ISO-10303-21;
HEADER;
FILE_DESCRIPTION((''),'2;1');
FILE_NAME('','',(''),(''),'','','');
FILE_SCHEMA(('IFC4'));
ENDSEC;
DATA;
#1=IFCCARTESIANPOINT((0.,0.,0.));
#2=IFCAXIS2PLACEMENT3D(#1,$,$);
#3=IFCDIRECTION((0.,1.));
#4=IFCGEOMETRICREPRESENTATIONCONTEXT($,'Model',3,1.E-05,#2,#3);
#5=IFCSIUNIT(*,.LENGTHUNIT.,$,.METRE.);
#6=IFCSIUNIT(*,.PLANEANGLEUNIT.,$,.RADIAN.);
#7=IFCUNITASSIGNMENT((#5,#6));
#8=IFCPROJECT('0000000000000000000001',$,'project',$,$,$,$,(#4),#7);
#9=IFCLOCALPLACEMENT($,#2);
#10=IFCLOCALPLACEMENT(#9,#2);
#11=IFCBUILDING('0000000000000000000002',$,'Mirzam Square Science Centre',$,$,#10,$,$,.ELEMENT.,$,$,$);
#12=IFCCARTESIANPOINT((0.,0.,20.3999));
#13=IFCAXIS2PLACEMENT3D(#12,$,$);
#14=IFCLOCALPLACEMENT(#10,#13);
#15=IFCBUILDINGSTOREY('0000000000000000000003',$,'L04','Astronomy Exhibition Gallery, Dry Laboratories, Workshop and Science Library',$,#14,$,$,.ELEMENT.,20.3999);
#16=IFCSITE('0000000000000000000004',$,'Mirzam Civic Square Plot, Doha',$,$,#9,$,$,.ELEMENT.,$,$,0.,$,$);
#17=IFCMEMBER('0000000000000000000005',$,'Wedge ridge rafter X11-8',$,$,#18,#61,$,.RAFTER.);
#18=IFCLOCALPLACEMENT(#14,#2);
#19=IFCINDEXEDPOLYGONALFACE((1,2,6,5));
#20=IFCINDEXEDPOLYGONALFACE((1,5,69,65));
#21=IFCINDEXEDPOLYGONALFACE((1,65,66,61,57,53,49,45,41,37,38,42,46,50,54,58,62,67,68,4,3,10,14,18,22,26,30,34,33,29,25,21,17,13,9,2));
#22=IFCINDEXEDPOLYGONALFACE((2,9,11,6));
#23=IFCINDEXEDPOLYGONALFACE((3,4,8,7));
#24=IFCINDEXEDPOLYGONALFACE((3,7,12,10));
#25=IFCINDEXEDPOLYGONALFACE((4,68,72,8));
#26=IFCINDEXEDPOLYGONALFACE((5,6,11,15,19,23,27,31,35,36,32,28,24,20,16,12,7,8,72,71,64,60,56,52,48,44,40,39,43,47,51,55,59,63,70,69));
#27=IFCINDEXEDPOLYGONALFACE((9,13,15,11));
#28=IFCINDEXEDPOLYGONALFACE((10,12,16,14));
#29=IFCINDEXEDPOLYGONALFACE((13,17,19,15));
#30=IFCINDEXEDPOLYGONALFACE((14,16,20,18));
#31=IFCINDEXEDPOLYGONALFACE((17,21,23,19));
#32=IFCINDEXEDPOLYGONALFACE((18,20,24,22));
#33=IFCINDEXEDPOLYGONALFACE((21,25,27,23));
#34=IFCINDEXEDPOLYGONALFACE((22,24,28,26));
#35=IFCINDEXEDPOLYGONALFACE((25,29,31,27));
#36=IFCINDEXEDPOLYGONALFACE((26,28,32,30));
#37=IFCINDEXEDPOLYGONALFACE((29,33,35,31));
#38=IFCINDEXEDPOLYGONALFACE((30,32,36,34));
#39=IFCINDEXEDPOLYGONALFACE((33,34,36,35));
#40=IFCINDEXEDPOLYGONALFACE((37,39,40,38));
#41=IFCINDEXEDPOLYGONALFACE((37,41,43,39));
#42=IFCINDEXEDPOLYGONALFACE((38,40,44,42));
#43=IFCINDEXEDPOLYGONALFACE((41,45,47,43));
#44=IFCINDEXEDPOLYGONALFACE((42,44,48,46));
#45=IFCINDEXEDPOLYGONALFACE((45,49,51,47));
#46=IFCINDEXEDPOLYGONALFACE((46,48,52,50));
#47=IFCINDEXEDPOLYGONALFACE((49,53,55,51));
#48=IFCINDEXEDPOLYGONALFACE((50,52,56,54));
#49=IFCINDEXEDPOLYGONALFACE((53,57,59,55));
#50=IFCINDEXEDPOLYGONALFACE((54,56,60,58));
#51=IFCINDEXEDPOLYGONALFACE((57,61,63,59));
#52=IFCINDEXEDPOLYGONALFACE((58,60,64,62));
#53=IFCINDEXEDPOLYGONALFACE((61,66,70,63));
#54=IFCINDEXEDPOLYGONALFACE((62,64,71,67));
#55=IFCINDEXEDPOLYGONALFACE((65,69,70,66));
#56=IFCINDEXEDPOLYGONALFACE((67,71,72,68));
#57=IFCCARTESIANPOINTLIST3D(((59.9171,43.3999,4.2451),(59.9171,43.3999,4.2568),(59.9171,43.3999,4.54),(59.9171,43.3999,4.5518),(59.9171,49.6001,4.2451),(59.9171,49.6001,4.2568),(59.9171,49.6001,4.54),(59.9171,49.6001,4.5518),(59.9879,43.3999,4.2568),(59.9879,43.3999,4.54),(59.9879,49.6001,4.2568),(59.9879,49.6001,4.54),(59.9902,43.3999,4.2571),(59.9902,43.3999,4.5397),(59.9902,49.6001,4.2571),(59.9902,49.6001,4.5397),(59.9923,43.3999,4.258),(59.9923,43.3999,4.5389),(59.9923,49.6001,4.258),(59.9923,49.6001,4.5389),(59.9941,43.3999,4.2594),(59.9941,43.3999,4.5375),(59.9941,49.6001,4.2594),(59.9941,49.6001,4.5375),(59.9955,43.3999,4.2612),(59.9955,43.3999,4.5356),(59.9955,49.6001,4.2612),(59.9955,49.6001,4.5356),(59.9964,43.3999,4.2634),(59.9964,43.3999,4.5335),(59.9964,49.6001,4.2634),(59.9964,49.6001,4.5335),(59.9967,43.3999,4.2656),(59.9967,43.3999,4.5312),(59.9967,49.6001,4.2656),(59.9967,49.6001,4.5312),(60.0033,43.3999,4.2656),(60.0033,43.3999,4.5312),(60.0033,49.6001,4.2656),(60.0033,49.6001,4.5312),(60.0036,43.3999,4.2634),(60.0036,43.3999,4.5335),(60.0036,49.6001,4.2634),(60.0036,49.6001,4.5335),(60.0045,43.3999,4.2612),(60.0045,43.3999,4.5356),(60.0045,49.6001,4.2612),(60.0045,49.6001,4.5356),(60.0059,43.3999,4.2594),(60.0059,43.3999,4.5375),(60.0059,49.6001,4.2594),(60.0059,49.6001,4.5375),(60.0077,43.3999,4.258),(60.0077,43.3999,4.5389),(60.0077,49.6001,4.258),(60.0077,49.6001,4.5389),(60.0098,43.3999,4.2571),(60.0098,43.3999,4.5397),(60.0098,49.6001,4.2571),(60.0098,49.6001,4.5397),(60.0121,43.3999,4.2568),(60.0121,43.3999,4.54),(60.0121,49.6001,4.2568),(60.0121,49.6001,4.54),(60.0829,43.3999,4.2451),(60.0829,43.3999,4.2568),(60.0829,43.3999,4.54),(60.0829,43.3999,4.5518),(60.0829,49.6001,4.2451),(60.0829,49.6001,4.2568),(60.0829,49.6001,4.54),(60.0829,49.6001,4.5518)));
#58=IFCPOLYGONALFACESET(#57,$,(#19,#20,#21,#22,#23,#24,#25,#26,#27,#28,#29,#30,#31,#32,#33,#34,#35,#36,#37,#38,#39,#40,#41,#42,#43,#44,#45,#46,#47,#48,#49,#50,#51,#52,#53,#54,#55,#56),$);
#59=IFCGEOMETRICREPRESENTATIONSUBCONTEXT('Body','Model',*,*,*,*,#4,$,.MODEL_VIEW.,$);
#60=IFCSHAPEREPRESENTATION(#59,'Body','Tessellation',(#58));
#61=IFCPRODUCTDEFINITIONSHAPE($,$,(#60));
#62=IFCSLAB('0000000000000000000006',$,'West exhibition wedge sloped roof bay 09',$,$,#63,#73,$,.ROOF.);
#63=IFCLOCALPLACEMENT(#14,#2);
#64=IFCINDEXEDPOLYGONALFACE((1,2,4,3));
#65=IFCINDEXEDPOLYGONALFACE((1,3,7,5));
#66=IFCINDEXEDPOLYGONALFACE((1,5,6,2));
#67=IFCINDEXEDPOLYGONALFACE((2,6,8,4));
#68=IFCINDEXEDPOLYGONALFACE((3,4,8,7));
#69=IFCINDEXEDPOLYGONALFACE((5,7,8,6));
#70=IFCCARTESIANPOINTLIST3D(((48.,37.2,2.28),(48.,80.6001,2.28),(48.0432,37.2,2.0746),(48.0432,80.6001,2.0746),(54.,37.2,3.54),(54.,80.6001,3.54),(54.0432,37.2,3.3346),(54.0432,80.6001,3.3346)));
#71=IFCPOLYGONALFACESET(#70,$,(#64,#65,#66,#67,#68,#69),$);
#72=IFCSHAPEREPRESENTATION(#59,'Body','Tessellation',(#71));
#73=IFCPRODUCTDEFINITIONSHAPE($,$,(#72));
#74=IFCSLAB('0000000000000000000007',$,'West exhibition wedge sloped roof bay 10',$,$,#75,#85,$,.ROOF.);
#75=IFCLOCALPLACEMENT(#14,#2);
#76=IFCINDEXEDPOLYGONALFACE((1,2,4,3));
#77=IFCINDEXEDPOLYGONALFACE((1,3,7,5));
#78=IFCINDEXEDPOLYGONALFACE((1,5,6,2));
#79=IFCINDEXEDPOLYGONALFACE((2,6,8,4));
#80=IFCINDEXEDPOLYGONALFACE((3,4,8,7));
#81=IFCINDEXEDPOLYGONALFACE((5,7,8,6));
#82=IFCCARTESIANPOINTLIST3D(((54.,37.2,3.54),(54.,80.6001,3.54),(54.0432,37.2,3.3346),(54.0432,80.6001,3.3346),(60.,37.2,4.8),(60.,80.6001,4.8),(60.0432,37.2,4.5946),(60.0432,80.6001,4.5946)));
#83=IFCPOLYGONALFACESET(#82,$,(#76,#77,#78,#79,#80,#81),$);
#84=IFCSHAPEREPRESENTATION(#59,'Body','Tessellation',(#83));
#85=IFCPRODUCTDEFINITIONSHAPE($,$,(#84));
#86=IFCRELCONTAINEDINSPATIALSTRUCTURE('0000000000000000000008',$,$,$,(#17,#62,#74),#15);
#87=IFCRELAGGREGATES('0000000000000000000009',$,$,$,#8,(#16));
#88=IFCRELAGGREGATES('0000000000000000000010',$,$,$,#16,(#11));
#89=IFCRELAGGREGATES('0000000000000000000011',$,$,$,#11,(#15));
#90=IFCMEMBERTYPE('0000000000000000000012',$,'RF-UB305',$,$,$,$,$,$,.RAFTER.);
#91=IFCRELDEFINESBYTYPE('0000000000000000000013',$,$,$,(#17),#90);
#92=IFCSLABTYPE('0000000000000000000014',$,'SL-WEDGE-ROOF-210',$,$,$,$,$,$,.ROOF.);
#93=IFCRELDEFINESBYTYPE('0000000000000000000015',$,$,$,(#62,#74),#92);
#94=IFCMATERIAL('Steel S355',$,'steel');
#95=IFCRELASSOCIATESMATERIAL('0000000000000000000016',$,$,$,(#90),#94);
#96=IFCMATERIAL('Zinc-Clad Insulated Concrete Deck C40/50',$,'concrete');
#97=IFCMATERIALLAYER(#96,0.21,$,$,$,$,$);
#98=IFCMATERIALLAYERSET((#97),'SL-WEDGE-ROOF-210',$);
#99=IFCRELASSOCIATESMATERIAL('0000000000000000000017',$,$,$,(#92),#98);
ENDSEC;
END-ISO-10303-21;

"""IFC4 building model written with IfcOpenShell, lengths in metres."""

from ifc_helpers import new_model, si_unit, direction, frame, origin, origin_2d, place, context, subcontext, project, spatial, polyline, i_section, outline, extrude, material, layer, layer_set, material_profile, profile_set, type_object, element, save


model = new_model("IFC4")

# Units and contexts
model_context = context("Model", 3, precision=1e-05, world=origin(), true_north=direction((0.0, 1.0)))
body_context = subcontext(model_context, "Body", "Model", "MODEL_VIEW")
ifc_project = project(units=[si_unit("LENGTHUNIT", "METRE"), si_unit("PLANEANGLEUNIT", "RADIAN")], contexts=[model_context])

# Site, building, storey
site_placement = place(None, origin())
site = spatial("IfcSite", under=ifc_project, at=site_placement, Name="Mirzam Civic Square Plot, Doha", CompositionType="ELEMENT", RefElevation=0.0)
building_placement = place(site_placement, origin())
building = spatial("IfcBuilding", under=site, at=building_placement, Name="Mirzam Square Science Centre", CompositionType="ELEMENT")
storey_placement = place(building_placement, frame((0.0, 0.0, 20.3999)))
storey = spatial("IfcBuildingStorey", under=building, at=storey_placement, Name="L04", Description="Astronomy Exhibition Gallery, Dry Laboratories, Workshop and Science Library", CompositionType="ELEMENT", Elevation=20.3999)

# Member
ifc_material_1 = material(Name="Steel S355", Category="steel")
ifc_material_profile_1 = material_profile(ifc_material_1, i_section(OverallWidth=0.1658, OverallDepth=0.3066, WebThickness=0.0066, FlangeThickness=0.0117, FilletRadius=0.0088, at=origin_2d()), Name="305x165x46UB")
ifc_profile_set_1 = profile_set([ifc_material_profile_1], Name="Steel S355")
member_type_1 = type_object("IfcMemberType", Name="RF-UB305", PredefinedType="RAFTER", material=ifc_profile_set_1)
member_1_placement = place(storey_placement, frame((60.0, 43.3999, 4.3984), z_axis=(0.0, 1.0, 0.0), x_axis=(-1.0, 0.0, 0.0)))
element("IfcMember", 1, at=member_1_placement, inside=storey, type_object=member_type_1, Name="Wedge ridge rafter X11-8", PredefinedType="RAFTER", context=body_context, shape_type="SweptSolid", body=[
    extrude(i_section(OverallWidth=0.1658, OverallDepth=0.3066, WebThickness=0.0066, FlangeThickness=0.0117, FilletRadius=0.0088, at=origin_2d()), origin(), (0.0, 0.0, 1.0), 6.2002),
])

# Slabs
ifc_material_2 = material(Name="Zinc-Clad Insulated Concrete Deck C40/50", Category="concrete")
ifc_layer = layer(ifc_material_2, 0.21)
ifc_layer_set = layer_set([ifc_layer], Name="SL-WEDGE-ROOF-210")
slab_type = type_object("IfcSlabType", Name="SL-WEDGE-ROOF-210", PredefinedType="ROOF", material=ifc_layer_set)
for number, where, z_axis, x_axis, name in (
    (2, (48.0, 37.2, 2.28), (-0.205519, 0.0, 0.978653), (0.978653, 0.0, 0.205519), "West exhibition wedge sloped roof bay 09"),
    (3, (54.0, 37.2, 3.54), (-0.205519, 0.0, 0.978653), (0.978653, 0.0, 0.205519), "West exhibition wedge sloped roof bay 10"),
):
    element("IfcSlab", number, at=place(storey_placement, frame(where, z_axis=z_axis, x_axis=x_axis)), inside=storey, type_object=slab_type, Name=name, PredefinedType="ROOF", context=body_context, shape_type="SweptSolid", body=[
        extrude(outline(polyline([(0.0, 0.0), (6.1309, 0.0), (6.1309, 43.4001), (0.0, 43.4001), (0.0, 0.0)])), origin(), (0.0, 0.0, -1.0), 0.21),
    ])

save(model, "model.ifc")
